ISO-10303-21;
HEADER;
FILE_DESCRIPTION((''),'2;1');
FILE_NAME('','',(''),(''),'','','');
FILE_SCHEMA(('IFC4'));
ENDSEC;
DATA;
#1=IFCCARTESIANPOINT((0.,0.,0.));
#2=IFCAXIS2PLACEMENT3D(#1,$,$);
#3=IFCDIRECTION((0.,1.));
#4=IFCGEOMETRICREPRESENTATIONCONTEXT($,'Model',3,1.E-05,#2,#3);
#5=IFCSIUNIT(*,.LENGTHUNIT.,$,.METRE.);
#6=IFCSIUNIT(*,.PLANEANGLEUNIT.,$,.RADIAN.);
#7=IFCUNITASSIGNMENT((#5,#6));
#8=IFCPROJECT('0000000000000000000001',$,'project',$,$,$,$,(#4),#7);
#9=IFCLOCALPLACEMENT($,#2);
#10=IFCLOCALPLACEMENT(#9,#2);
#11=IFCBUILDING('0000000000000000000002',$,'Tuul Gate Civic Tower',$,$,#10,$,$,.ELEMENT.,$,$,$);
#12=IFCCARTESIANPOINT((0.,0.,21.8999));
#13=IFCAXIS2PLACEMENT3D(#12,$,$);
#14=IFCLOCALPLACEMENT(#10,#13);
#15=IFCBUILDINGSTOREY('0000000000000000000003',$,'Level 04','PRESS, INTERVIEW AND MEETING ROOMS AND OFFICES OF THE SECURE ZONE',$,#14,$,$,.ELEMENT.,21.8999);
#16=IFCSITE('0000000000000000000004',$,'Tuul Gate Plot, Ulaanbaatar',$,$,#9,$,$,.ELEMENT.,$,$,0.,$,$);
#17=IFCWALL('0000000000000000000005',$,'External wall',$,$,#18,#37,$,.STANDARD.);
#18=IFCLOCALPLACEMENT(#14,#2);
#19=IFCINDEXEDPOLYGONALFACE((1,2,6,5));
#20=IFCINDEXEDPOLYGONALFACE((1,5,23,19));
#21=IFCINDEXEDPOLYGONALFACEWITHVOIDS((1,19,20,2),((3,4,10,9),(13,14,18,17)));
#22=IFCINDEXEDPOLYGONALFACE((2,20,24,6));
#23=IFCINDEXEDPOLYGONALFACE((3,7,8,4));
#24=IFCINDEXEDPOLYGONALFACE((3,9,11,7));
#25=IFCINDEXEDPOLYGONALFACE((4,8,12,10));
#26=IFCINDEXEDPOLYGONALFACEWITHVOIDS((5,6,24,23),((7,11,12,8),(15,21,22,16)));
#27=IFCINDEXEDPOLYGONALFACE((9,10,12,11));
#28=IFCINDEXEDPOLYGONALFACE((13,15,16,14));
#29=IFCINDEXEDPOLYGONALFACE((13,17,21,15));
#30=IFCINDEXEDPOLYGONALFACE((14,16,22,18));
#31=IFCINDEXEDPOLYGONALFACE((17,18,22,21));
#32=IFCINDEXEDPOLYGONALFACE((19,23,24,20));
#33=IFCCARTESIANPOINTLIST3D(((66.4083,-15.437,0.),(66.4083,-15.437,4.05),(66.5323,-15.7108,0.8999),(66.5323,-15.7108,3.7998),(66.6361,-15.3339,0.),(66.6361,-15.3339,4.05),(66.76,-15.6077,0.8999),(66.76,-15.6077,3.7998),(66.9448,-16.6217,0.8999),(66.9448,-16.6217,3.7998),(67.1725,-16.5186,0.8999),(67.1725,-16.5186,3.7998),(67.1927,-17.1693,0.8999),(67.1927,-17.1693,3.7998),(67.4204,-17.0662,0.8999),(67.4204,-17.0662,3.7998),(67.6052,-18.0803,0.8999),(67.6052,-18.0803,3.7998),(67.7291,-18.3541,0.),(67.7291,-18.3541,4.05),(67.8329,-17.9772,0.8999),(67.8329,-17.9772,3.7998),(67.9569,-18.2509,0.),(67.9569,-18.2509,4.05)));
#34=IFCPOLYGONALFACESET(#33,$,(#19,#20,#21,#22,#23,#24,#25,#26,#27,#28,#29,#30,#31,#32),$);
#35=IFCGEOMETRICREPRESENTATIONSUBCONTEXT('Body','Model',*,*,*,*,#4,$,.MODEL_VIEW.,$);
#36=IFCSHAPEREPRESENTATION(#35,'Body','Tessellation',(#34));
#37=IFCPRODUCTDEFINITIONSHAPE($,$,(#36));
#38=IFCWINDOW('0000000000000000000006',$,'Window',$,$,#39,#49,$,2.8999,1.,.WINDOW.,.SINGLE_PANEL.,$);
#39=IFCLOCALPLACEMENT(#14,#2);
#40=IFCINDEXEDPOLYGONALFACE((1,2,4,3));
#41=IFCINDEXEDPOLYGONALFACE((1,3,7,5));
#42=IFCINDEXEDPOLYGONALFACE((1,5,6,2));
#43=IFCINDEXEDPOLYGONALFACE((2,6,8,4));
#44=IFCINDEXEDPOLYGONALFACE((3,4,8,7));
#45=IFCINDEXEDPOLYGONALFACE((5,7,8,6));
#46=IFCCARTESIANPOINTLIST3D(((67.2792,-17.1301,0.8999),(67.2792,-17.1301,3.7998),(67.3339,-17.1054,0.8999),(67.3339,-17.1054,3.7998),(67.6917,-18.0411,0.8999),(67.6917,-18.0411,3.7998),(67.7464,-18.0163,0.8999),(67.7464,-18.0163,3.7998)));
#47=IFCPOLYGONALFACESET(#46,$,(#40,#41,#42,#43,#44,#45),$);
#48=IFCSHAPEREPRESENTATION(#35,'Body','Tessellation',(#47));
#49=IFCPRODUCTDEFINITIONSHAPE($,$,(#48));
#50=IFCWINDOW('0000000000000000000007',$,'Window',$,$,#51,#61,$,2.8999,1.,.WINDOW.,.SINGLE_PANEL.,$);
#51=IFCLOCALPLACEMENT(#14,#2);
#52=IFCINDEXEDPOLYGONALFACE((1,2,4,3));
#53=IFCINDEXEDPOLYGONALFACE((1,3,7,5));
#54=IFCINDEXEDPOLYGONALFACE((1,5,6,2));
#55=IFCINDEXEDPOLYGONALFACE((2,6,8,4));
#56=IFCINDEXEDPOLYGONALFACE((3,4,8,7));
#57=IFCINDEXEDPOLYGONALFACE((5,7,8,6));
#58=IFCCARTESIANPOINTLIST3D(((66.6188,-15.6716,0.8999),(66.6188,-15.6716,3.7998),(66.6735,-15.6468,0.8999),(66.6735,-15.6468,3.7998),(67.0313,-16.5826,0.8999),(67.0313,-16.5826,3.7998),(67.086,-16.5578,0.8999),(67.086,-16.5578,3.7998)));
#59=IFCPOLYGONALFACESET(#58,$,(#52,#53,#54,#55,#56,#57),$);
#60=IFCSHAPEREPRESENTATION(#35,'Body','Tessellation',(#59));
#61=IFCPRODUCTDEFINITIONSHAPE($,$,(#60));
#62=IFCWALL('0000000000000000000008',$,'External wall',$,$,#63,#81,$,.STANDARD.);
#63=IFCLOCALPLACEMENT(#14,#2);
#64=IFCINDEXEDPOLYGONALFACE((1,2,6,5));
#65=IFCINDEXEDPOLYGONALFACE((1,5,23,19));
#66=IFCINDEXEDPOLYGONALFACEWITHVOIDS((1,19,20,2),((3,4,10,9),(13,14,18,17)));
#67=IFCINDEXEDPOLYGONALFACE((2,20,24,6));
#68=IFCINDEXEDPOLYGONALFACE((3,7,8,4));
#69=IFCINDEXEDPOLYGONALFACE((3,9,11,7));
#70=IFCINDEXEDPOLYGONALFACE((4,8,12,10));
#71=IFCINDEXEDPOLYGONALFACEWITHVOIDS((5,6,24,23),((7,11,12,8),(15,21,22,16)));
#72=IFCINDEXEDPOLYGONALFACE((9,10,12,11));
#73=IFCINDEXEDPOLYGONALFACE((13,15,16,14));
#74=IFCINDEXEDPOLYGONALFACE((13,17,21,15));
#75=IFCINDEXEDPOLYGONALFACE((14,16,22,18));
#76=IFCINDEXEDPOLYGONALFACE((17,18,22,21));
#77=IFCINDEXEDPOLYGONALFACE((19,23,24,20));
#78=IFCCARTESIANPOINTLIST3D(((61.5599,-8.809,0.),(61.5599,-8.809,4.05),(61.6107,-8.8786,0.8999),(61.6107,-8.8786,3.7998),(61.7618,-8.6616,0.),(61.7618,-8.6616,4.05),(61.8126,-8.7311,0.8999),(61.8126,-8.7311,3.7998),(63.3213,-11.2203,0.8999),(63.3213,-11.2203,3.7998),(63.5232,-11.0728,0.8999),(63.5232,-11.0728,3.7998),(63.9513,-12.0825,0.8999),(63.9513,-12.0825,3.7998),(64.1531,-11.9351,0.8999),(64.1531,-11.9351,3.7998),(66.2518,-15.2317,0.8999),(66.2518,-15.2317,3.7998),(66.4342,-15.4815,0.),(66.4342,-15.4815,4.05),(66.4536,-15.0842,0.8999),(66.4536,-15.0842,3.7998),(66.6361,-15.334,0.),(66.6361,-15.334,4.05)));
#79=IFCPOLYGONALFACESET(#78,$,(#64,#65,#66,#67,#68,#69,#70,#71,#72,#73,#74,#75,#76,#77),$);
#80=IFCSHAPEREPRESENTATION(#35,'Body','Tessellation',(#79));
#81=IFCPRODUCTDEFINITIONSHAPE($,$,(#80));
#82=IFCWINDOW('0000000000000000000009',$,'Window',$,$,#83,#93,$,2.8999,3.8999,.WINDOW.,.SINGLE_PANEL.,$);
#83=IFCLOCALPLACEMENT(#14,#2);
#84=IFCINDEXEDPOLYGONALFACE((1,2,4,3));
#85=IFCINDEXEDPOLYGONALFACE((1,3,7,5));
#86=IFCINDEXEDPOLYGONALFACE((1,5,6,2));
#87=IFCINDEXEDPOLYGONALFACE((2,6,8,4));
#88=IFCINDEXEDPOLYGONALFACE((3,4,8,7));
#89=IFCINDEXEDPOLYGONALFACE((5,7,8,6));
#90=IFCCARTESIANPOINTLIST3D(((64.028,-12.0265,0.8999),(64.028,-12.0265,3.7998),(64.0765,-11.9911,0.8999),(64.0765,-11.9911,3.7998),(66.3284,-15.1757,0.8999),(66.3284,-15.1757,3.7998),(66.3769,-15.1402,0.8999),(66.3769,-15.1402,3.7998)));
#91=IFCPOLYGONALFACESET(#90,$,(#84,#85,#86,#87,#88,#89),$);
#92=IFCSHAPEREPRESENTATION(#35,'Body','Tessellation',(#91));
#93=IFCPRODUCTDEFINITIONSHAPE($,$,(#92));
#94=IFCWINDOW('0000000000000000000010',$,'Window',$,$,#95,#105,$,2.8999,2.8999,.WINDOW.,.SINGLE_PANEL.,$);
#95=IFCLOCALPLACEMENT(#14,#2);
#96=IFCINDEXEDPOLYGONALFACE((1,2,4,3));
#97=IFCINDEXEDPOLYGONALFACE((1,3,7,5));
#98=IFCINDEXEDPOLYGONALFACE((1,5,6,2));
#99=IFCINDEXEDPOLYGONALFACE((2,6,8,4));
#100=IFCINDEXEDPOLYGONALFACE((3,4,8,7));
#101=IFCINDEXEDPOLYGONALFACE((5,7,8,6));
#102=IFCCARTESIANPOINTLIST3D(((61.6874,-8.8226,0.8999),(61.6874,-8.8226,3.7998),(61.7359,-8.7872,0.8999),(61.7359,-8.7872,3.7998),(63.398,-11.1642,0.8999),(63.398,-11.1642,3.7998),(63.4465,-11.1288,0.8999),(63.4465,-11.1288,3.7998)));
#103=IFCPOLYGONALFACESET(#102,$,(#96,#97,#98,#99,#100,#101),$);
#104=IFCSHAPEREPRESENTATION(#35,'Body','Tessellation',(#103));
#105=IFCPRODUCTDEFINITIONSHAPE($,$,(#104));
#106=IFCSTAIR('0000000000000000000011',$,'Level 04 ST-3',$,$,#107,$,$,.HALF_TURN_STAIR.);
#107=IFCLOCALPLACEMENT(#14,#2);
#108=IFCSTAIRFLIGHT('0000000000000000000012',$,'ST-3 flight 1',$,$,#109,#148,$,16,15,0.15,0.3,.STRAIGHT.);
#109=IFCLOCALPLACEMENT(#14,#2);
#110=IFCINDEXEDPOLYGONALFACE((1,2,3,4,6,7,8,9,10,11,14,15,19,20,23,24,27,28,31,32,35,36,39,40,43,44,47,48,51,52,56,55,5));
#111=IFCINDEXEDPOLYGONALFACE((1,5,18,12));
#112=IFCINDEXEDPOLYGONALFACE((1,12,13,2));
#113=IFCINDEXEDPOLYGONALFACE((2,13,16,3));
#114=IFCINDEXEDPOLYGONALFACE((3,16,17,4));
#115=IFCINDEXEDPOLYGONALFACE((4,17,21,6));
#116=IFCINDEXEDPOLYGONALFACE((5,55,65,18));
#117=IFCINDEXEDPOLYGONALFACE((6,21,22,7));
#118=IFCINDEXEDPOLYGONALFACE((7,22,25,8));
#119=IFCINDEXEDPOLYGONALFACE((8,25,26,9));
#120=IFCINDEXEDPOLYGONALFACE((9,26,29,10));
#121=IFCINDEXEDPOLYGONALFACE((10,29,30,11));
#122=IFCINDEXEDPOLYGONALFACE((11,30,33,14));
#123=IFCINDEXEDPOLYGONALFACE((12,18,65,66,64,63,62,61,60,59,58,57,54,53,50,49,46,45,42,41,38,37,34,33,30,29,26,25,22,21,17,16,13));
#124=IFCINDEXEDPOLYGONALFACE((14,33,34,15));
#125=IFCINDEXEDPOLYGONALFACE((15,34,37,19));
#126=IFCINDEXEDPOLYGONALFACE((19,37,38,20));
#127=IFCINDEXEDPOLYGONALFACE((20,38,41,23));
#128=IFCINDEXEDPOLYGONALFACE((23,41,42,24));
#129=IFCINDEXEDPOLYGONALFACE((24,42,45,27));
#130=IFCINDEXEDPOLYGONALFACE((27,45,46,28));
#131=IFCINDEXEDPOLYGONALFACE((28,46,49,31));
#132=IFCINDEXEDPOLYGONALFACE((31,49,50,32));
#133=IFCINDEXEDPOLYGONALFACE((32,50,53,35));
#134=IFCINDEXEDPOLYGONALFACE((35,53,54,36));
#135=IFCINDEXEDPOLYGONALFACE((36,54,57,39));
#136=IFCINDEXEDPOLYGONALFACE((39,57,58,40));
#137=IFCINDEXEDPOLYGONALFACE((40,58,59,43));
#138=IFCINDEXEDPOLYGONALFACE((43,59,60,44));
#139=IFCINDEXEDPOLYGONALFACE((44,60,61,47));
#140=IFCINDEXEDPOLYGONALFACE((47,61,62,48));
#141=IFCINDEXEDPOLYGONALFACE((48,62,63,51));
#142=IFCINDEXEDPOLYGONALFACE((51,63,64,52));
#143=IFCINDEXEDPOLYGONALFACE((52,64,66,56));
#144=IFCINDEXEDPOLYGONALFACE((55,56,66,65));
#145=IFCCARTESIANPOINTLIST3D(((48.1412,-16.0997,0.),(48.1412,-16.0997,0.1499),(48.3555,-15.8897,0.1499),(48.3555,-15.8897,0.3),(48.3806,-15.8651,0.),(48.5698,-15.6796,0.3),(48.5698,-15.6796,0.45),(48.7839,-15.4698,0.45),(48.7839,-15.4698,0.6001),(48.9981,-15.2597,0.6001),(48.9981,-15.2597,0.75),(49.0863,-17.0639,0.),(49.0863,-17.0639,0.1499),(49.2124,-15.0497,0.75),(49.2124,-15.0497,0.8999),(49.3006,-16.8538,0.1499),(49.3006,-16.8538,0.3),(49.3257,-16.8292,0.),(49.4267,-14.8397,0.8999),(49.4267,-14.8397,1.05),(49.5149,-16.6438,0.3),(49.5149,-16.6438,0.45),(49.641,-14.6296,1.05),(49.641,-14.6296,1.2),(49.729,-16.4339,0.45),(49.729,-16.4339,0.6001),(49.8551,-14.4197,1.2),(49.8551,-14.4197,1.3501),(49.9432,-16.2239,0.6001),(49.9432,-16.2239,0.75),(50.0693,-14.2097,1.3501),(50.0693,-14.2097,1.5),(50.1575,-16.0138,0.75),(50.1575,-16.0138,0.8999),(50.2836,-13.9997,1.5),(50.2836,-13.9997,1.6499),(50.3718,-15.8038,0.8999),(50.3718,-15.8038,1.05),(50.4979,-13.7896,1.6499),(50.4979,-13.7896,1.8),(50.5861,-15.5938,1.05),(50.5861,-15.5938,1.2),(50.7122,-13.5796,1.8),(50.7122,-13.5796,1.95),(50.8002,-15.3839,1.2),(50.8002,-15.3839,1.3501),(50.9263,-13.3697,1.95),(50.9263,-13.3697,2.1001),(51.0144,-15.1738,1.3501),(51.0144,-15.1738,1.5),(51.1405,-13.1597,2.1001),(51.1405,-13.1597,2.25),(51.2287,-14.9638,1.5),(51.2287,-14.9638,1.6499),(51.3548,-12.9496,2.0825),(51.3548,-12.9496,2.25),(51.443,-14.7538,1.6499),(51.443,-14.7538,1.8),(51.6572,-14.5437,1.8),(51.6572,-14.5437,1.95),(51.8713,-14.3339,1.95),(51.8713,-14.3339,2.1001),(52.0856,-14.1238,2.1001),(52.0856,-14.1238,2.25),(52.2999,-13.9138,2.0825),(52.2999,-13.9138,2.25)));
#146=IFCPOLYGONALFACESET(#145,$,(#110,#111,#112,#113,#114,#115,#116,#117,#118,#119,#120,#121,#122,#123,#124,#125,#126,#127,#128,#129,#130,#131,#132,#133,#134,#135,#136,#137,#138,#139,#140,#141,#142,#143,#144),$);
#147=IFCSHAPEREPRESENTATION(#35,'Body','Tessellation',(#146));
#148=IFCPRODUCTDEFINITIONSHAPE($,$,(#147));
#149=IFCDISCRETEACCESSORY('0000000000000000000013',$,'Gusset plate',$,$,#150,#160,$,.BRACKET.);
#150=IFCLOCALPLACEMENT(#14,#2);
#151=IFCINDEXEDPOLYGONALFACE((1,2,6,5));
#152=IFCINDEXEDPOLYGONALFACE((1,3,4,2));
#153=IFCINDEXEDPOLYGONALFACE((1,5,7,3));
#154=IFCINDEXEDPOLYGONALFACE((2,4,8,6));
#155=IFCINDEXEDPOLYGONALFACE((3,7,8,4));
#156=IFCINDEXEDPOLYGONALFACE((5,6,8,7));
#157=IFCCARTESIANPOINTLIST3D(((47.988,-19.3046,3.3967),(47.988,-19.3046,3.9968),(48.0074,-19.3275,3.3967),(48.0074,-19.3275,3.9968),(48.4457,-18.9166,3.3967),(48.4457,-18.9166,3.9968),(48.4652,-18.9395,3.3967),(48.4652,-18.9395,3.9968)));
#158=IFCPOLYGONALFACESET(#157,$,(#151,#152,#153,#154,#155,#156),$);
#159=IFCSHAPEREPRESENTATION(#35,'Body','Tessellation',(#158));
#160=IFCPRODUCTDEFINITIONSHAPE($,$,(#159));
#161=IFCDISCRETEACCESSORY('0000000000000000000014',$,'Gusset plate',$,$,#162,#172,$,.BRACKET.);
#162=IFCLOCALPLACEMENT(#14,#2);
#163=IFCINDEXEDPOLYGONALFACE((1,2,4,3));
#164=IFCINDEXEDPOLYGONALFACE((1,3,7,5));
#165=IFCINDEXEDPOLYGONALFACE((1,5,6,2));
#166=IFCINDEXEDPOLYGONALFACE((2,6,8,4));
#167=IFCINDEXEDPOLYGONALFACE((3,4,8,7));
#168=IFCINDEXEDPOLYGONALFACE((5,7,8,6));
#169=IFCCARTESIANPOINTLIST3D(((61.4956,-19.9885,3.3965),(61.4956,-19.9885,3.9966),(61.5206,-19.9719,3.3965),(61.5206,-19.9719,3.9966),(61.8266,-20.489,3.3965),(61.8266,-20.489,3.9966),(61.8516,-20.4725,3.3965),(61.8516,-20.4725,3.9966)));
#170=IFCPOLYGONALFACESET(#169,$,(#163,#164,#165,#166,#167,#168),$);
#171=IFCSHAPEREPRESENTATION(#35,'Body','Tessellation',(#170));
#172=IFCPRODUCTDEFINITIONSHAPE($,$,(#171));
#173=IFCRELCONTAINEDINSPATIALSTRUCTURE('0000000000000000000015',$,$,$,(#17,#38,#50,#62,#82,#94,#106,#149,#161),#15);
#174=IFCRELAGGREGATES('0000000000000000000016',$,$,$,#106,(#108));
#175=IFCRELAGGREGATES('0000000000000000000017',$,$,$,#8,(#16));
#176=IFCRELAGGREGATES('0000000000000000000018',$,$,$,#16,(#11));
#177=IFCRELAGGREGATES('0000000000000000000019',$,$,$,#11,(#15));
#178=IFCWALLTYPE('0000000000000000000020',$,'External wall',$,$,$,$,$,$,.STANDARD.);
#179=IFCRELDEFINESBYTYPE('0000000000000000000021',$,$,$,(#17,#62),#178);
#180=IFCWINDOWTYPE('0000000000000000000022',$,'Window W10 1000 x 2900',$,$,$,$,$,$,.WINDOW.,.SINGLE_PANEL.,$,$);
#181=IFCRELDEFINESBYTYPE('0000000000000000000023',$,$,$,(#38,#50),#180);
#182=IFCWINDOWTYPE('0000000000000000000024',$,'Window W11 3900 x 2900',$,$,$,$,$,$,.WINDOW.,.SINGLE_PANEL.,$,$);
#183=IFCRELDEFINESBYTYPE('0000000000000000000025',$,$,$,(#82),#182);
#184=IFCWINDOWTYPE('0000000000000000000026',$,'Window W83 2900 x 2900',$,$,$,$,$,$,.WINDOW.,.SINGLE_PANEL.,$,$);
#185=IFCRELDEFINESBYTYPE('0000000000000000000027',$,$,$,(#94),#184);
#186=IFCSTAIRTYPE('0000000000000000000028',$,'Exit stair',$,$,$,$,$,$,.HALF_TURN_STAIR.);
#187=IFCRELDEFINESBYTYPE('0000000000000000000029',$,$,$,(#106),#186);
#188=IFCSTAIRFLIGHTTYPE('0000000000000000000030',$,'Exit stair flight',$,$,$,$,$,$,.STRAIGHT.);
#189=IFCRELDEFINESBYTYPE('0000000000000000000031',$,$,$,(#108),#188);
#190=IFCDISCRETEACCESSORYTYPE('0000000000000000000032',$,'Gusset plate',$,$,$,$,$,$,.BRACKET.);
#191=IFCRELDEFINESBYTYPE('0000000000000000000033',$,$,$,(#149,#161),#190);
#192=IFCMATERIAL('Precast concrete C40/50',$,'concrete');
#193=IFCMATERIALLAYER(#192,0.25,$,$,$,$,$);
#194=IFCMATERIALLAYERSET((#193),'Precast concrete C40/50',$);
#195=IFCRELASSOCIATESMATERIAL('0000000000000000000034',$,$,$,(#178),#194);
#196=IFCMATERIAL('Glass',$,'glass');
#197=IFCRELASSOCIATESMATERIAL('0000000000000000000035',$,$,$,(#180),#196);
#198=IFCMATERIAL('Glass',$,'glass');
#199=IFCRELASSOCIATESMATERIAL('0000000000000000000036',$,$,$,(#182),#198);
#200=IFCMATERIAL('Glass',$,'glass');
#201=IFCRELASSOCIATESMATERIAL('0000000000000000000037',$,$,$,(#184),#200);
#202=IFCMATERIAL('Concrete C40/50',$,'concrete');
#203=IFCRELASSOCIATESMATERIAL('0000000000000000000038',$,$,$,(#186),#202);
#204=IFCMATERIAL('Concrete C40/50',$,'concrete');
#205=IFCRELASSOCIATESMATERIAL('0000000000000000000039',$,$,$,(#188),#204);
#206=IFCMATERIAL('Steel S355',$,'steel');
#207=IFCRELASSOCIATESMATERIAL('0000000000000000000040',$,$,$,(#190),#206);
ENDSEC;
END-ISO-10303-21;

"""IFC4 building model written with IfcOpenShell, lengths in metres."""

from ifc_helpers import new_model, si_unit, direction, frame, frame_2d, origin, origin_2d, place, context, subcontext, project, spatial, polyline, rectangle, outline, extrude, material, layer, layer_set, type_object, element, fill, aggregate, save


model = new_model("IFC4")

# Units and contexts
model_context = context("Model", 3, precision=1e-05, world=origin(), true_north=direction((0.0, 1.0)))
body_context = subcontext(model_context, "Body", "Model", "MODEL_VIEW")
ifc_project = project(units=[si_unit("LENGTHUNIT", "METRE"), si_unit("PLANEANGLEUNIT", "RADIAN")], contexts=[model_context])

# Site, building, storey
site_placement = place(None, origin())
site = spatial("IfcSite", under=ifc_project, at=site_placement, Name="Tuul Gate Plot, Ulaanbaatar", CompositionType="ELEMENT", RefElevation=0.0)
building_placement = place(site_placement, origin())
building = spatial("IfcBuilding", under=site, at=building_placement, Name="Tuul Gate Civic Tower", CompositionType="ELEMENT")
storey_placement = place(building_placement, frame((0.0, 0.0, 21.8999)))
storey = spatial("IfcBuildingStorey", under=building, at=storey_placement, Name="Level 04", Description="PRESS, INTERVIEW AND MEETING ROOMS AND OFFICES OF THE SECURE ZONE", CompositionType="ELEMENT", Elevation=21.8999)

# Walls, openings, windows
ifc_material_1 = material(Name="Precast concrete C40/50", Category="concrete")
ifc_layer_1 = layer(ifc_material_1, 0.25)
ifc_layer_set_1 = layer_set([ifc_layer_1], Name="Precast concrete C40/50")
wall_type_1 = type_object("IfcWallType", Name="External wall", PredefinedType="STANDARD", material=ifc_layer_set_1)
wall_1_placement = place(storey_placement, frame((67.843, -18.3025, 0.0), z_axis=(0.0, 0.0, 1.0), x_axis=(-0.412481, 0.910966, 0.0)))
wall_1 = element("IfcWall", 1, at=wall_1_placement, inside=storey, type_object=wall_type_1, Name="External wall", PredefinedType="STANDARD", context=body_context, shape_type="SweptSolid", body=[
    extrude(rectangle(XDim=3.2021, YDim=0.25, at=frame_2d((1.6011, 0.0))), origin(), (0.0, 0.0, 1.0), 4.05),
])
opening_1_placement = place(wall_1_placement, frame((0.3005, 0.0, 0.8999)))
opening_1 = element("IfcOpeningElement", 2, at=opening_1_placement, cuts=wall_1, PredefinedType="OPENING", context=body_context, shape_type="SweptSolid", body=[
    extrude(rectangle(XDim=1.0, YDim=2.8999, at=frame_2d((0.5, 1.45))), frame((0.0, 0.135, 0.0), z_axis=(0.0, -1.0, 0.0), x_axis=(1.0, 0.0, 0.0)), (0.0, 0.0, 1.0), 0.27),
])
opening_2_placement = place(wall_1_placement, frame((1.9016, 0.0, 0.8999)))
opening_2 = element("IfcOpeningElement", 3, at=opening_2_placement, cuts=wall_1, PredefinedType="OPENING", context=body_context, shape_type="SweptSolid", body=[
    extrude(rectangle(XDim=1.0, YDim=2.8999, at=frame_2d((0.5, 1.45))), frame((0.0, 0.135, 0.0), z_axis=(0.0, -1.0, 0.0), x_axis=(1.0, 0.0, 0.0)), (0.0, 0.0, 1.0), 0.27),
])
ifc_material_2 = material(Name="Glass", Category="glass")
window_type_1 = type_object("IfcWindowType", Name="Window W10 1000 x 2900", PartitioningType="SINGLE_PANEL", PredefinedType="WINDOW", material=ifc_material_2)
window_1_placement = place(opening_1_placement, origin())
window_1 = element("IfcWindow", 4, at=window_1_placement, inside=storey, type_object=window_type_1, Name="Window", OverallHeight=2.8999, OverallWidth=1.0, PartitioningType="SINGLE_PANEL", PredefinedType="WINDOW", context=body_context, shape_type="SweptSolid", body=[
    extrude(rectangle(XDim=1.0, YDim=2.8999, at=frame_2d((0.5, 1.45))), frame((0.0, 0.03, 0.0), z_axis=(0.0, -1.0, 0.0), x_axis=(1.0, 0.0, 0.0)), (0.0, 0.0, 1.0), 0.0601),
])
fill(opening_1, window_1)
window_2_placement = place(opening_2_placement, origin())
window_2 = element("IfcWindow", 5, at=window_2_placement, inside=storey, type_object=window_type_1, Name="Window", OverallHeight=2.8999, OverallWidth=1.0, PartitioningType="SINGLE_PANEL", PredefinedType="WINDOW", context=body_context, shape_type="SweptSolid", body=[
    extrude(rectangle(XDim=1.0, YDim=2.8999, at=frame_2d((0.5, 1.45))), frame((0.0, 0.03, 0.0), z_axis=(0.0, -1.0, 0.0), x_axis=(1.0, 0.0, 0.0)), (0.0, 0.0, 1.0), 0.0601),
])
fill(opening_2, window_2)
wall_2_placement = place(storey_placement, frame((66.5352, -15.4077, 0.0), z_axis=(0.0, 0.0, 1.0), x_axis=(-0.589883, 0.807489, 0.0)))
wall_2 = element("IfcWall", 6, at=wall_2_placement, inside=storey, type_object=wall_type_1, Name="External wall", PredefinedType="STANDARD", context=body_context, shape_type="SweptSolid", body=[
    extrude(rectangle(XDim=8.2632, YDim=0.25, at=frame_2d((4.1316, 0.0))), origin(), (0.0, 0.0, 1.0), 4.05),
])
opening_3_placement = place(wall_2_placement, frame((0.3093, 0.0, 0.8999)))
opening_3 = element("IfcOpeningElement", 7, at=opening_3_placement, cuts=wall_2, PredefinedType="OPENING", context=body_context, shape_type="SweptSolid", body=[
    extrude(rectangle(XDim=3.8999, YDim=2.8999, at=frame_2d((1.95, 1.45))), frame((0.0, 0.135, 0.0), z_axis=(0.0, -1.0, 0.0), x_axis=(1.0, 0.0, 0.0)), (0.0, 0.0, 1.0), 0.27),
])
opening_4_placement = place(wall_2_placement, frame((5.2771, 0.0, 0.8999)))
opening_4 = element("IfcOpeningElement", 8, at=opening_4_placement, cuts=wall_2, PredefinedType="OPENING", context=body_context, shape_type="SweptSolid", body=[
    extrude(rectangle(XDim=2.8999, YDim=2.8999, at=frame_2d((1.45, 1.45))), frame((0.0, 0.135, 0.0), z_axis=(0.0, -1.0, 0.0), x_axis=(1.0, 0.0, 0.0)), (0.0, 0.0, 1.0), 0.27),
])
ifc_material_3 = material(Name="Glass", Category="glass")
window_type_2 = type_object("IfcWindowType", Name="Window W11 3900 x 2900", PartitioningType="SINGLE_PANEL", PredefinedType="WINDOW", material=ifc_material_3)
window_3_placement = place(opening_3_placement, origin())
window_3 = element("IfcWindow", 9, at=window_3_placement, inside=storey, type_object=window_type_2, Name="Window", OverallHeight=2.8999, OverallWidth=3.8999, PartitioningType="SINGLE_PANEL", PredefinedType="WINDOW", context=body_context, shape_type="SweptSolid", body=[
    extrude(rectangle(XDim=3.8999, YDim=2.8999, at=frame_2d((1.95, 1.45))), frame((0.0, 0.03, 0.0), z_axis=(0.0, -1.0, 0.0), x_axis=(1.0, 0.0, 0.0)), (0.0, 0.0, 1.0), 0.0601),
])
fill(opening_3, window_3)
ifc_material_4 = material(Name="Glass", Category="glass")
window_type_3 = type_object("IfcWindowType", Name="Window W83 2900 x 2900", PartitioningType="SINGLE_PANEL", PredefinedType="WINDOW", material=ifc_material_4)
window_4_placement = place(opening_4_placement, origin())
window_4 = element("IfcWindow", 10, at=window_4_placement, inside=storey, type_object=window_type_3, Name="Window", OverallHeight=2.8999, OverallWidth=2.8999, PartitioningType="SINGLE_PANEL", PredefinedType="WINDOW", context=body_context, shape_type="SweptSolid", body=[
    extrude(rectangle(XDim=2.8999, YDim=2.8999, at=frame_2d((1.45, 1.45))), frame((0.0, 0.03, 0.0), z_axis=(0.0, -1.0, 0.0), x_axis=(1.0, 0.0, 0.0)), (0.0, 0.0, 1.0), 0.0601),
])
fill(opening_4, window_4)

# Stair, stair flight
ifc_material_5 = material(Name="Concrete C40/50", Category="concrete")
stair_type = type_object("IfcStairType", Name="Exit stair", PredefinedType="HALF_TURN_STAIR", material=ifc_material_5)
stair_placement = place(storey_placement, origin())
stair = element("IfcStair", 11, at=stair_placement, inside=storey, type_object=stair_type, Name="Level 04 ST-3", PredefinedType="HALF_TURN_STAIR")
ifc_material_6 = material(Name="Concrete C40/50", Category="concrete")
stair_flight_type = type_object("IfcStairFlightType", Name="Exit stair flight", PredefinedType="STRAIGHT", material=ifc_material_6)
stair_flight_placement = place(storey_placement, frame((48.6138, -16.5818, 0.0), z_axis=(0.0, 0.0, 1.0), x_axis=(0.714127, 0.700016, 0.0)))
stair_flight = element("IfcStairFlight", 12, at=stair_flight_placement, type_object=stair_flight_type, Name="ST-3 flight 1", NumberOfRisers=16, NumberOfTreads=15, PredefinedType="STRAIGHT", RiserHeight=0.15, TreadLength=0.3, context=body_context, shape_type="SweptSolid", body=[
    extrude(outline(polyline([(0.0, 0.0), (0.0, 0.1499), (0.3, 0.1499), (0.3, 0.3), (0.6001, 0.3), (0.6001, 0.45), (0.8999, 0.45), (0.8999, 0.6001), (1.2, 0.6001), (1.2, 0.75), (1.5, 0.75), (1.5, 0.8999), (1.8, 0.8999), (1.8, 1.05), (2.1001, 1.05), (2.1001, 1.2), (2.3999, 1.2), (2.3999, 1.3501), (2.7, 1.3501), (2.7, 1.5), (3.0, 1.5), (3.0, 1.6499), (3.3, 1.6499), (3.3, 1.8), (3.6001, 1.8), (3.6001, 1.95), (3.8999, 1.95), (3.8999, 2.1001), (4.2, 2.1001), (4.2, 2.25), (4.5, 2.25), (4.5, 2.3999), (4.5, 2.0825), (0.3352, 0.0), (0.0, 0.0)])), frame((0.0, 0.675, 0.0), z_axis=(0.0, -1.0, 0.0), x_axis=(1.0, 0.0, 0.0)), (0.0, 0.0, 1.0), 1.3501),
])
aggregate(stair, [stair_flight])

# Discrete accessories
ifc_material_7 = material(Name="Steel S355", Category="steel")
discrete_accessory_type = type_object("IfcDiscreteAccessoryType", Name="Gusset plate", PredefinedType="BRACKET", material=ifc_material_7)
for number, where, z_axis, x_axis, name in (
    (13, (48.2266, -19.1221, 3.3967), (0.0, 0.0, 1.0), (0.762835, 0.646593, 0.0), "Gusset plate"),
    (14, (61.6736, -20.2305, 3.3965), (0.0, 0.0, 1.0), (-0.551598, 0.83411, 0.0), "Gusset plate"),
):
    element("IfcDiscreteAccessory", number, at=place(storey_placement, frame(where, z_axis=z_axis, x_axis=x_axis)), inside=storey, type_object=discrete_accessory_type, Name=name, PredefinedType="BRACKET", context=body_context, shape_type="SweptSolid", body=[
        extrude(rectangle(XDim=0.6001, YDim=0.03, at=origin_2d()), origin(), (0.0, 0.0, 1.0), 0.6001),
    ])

save(model, "model.ifc")
